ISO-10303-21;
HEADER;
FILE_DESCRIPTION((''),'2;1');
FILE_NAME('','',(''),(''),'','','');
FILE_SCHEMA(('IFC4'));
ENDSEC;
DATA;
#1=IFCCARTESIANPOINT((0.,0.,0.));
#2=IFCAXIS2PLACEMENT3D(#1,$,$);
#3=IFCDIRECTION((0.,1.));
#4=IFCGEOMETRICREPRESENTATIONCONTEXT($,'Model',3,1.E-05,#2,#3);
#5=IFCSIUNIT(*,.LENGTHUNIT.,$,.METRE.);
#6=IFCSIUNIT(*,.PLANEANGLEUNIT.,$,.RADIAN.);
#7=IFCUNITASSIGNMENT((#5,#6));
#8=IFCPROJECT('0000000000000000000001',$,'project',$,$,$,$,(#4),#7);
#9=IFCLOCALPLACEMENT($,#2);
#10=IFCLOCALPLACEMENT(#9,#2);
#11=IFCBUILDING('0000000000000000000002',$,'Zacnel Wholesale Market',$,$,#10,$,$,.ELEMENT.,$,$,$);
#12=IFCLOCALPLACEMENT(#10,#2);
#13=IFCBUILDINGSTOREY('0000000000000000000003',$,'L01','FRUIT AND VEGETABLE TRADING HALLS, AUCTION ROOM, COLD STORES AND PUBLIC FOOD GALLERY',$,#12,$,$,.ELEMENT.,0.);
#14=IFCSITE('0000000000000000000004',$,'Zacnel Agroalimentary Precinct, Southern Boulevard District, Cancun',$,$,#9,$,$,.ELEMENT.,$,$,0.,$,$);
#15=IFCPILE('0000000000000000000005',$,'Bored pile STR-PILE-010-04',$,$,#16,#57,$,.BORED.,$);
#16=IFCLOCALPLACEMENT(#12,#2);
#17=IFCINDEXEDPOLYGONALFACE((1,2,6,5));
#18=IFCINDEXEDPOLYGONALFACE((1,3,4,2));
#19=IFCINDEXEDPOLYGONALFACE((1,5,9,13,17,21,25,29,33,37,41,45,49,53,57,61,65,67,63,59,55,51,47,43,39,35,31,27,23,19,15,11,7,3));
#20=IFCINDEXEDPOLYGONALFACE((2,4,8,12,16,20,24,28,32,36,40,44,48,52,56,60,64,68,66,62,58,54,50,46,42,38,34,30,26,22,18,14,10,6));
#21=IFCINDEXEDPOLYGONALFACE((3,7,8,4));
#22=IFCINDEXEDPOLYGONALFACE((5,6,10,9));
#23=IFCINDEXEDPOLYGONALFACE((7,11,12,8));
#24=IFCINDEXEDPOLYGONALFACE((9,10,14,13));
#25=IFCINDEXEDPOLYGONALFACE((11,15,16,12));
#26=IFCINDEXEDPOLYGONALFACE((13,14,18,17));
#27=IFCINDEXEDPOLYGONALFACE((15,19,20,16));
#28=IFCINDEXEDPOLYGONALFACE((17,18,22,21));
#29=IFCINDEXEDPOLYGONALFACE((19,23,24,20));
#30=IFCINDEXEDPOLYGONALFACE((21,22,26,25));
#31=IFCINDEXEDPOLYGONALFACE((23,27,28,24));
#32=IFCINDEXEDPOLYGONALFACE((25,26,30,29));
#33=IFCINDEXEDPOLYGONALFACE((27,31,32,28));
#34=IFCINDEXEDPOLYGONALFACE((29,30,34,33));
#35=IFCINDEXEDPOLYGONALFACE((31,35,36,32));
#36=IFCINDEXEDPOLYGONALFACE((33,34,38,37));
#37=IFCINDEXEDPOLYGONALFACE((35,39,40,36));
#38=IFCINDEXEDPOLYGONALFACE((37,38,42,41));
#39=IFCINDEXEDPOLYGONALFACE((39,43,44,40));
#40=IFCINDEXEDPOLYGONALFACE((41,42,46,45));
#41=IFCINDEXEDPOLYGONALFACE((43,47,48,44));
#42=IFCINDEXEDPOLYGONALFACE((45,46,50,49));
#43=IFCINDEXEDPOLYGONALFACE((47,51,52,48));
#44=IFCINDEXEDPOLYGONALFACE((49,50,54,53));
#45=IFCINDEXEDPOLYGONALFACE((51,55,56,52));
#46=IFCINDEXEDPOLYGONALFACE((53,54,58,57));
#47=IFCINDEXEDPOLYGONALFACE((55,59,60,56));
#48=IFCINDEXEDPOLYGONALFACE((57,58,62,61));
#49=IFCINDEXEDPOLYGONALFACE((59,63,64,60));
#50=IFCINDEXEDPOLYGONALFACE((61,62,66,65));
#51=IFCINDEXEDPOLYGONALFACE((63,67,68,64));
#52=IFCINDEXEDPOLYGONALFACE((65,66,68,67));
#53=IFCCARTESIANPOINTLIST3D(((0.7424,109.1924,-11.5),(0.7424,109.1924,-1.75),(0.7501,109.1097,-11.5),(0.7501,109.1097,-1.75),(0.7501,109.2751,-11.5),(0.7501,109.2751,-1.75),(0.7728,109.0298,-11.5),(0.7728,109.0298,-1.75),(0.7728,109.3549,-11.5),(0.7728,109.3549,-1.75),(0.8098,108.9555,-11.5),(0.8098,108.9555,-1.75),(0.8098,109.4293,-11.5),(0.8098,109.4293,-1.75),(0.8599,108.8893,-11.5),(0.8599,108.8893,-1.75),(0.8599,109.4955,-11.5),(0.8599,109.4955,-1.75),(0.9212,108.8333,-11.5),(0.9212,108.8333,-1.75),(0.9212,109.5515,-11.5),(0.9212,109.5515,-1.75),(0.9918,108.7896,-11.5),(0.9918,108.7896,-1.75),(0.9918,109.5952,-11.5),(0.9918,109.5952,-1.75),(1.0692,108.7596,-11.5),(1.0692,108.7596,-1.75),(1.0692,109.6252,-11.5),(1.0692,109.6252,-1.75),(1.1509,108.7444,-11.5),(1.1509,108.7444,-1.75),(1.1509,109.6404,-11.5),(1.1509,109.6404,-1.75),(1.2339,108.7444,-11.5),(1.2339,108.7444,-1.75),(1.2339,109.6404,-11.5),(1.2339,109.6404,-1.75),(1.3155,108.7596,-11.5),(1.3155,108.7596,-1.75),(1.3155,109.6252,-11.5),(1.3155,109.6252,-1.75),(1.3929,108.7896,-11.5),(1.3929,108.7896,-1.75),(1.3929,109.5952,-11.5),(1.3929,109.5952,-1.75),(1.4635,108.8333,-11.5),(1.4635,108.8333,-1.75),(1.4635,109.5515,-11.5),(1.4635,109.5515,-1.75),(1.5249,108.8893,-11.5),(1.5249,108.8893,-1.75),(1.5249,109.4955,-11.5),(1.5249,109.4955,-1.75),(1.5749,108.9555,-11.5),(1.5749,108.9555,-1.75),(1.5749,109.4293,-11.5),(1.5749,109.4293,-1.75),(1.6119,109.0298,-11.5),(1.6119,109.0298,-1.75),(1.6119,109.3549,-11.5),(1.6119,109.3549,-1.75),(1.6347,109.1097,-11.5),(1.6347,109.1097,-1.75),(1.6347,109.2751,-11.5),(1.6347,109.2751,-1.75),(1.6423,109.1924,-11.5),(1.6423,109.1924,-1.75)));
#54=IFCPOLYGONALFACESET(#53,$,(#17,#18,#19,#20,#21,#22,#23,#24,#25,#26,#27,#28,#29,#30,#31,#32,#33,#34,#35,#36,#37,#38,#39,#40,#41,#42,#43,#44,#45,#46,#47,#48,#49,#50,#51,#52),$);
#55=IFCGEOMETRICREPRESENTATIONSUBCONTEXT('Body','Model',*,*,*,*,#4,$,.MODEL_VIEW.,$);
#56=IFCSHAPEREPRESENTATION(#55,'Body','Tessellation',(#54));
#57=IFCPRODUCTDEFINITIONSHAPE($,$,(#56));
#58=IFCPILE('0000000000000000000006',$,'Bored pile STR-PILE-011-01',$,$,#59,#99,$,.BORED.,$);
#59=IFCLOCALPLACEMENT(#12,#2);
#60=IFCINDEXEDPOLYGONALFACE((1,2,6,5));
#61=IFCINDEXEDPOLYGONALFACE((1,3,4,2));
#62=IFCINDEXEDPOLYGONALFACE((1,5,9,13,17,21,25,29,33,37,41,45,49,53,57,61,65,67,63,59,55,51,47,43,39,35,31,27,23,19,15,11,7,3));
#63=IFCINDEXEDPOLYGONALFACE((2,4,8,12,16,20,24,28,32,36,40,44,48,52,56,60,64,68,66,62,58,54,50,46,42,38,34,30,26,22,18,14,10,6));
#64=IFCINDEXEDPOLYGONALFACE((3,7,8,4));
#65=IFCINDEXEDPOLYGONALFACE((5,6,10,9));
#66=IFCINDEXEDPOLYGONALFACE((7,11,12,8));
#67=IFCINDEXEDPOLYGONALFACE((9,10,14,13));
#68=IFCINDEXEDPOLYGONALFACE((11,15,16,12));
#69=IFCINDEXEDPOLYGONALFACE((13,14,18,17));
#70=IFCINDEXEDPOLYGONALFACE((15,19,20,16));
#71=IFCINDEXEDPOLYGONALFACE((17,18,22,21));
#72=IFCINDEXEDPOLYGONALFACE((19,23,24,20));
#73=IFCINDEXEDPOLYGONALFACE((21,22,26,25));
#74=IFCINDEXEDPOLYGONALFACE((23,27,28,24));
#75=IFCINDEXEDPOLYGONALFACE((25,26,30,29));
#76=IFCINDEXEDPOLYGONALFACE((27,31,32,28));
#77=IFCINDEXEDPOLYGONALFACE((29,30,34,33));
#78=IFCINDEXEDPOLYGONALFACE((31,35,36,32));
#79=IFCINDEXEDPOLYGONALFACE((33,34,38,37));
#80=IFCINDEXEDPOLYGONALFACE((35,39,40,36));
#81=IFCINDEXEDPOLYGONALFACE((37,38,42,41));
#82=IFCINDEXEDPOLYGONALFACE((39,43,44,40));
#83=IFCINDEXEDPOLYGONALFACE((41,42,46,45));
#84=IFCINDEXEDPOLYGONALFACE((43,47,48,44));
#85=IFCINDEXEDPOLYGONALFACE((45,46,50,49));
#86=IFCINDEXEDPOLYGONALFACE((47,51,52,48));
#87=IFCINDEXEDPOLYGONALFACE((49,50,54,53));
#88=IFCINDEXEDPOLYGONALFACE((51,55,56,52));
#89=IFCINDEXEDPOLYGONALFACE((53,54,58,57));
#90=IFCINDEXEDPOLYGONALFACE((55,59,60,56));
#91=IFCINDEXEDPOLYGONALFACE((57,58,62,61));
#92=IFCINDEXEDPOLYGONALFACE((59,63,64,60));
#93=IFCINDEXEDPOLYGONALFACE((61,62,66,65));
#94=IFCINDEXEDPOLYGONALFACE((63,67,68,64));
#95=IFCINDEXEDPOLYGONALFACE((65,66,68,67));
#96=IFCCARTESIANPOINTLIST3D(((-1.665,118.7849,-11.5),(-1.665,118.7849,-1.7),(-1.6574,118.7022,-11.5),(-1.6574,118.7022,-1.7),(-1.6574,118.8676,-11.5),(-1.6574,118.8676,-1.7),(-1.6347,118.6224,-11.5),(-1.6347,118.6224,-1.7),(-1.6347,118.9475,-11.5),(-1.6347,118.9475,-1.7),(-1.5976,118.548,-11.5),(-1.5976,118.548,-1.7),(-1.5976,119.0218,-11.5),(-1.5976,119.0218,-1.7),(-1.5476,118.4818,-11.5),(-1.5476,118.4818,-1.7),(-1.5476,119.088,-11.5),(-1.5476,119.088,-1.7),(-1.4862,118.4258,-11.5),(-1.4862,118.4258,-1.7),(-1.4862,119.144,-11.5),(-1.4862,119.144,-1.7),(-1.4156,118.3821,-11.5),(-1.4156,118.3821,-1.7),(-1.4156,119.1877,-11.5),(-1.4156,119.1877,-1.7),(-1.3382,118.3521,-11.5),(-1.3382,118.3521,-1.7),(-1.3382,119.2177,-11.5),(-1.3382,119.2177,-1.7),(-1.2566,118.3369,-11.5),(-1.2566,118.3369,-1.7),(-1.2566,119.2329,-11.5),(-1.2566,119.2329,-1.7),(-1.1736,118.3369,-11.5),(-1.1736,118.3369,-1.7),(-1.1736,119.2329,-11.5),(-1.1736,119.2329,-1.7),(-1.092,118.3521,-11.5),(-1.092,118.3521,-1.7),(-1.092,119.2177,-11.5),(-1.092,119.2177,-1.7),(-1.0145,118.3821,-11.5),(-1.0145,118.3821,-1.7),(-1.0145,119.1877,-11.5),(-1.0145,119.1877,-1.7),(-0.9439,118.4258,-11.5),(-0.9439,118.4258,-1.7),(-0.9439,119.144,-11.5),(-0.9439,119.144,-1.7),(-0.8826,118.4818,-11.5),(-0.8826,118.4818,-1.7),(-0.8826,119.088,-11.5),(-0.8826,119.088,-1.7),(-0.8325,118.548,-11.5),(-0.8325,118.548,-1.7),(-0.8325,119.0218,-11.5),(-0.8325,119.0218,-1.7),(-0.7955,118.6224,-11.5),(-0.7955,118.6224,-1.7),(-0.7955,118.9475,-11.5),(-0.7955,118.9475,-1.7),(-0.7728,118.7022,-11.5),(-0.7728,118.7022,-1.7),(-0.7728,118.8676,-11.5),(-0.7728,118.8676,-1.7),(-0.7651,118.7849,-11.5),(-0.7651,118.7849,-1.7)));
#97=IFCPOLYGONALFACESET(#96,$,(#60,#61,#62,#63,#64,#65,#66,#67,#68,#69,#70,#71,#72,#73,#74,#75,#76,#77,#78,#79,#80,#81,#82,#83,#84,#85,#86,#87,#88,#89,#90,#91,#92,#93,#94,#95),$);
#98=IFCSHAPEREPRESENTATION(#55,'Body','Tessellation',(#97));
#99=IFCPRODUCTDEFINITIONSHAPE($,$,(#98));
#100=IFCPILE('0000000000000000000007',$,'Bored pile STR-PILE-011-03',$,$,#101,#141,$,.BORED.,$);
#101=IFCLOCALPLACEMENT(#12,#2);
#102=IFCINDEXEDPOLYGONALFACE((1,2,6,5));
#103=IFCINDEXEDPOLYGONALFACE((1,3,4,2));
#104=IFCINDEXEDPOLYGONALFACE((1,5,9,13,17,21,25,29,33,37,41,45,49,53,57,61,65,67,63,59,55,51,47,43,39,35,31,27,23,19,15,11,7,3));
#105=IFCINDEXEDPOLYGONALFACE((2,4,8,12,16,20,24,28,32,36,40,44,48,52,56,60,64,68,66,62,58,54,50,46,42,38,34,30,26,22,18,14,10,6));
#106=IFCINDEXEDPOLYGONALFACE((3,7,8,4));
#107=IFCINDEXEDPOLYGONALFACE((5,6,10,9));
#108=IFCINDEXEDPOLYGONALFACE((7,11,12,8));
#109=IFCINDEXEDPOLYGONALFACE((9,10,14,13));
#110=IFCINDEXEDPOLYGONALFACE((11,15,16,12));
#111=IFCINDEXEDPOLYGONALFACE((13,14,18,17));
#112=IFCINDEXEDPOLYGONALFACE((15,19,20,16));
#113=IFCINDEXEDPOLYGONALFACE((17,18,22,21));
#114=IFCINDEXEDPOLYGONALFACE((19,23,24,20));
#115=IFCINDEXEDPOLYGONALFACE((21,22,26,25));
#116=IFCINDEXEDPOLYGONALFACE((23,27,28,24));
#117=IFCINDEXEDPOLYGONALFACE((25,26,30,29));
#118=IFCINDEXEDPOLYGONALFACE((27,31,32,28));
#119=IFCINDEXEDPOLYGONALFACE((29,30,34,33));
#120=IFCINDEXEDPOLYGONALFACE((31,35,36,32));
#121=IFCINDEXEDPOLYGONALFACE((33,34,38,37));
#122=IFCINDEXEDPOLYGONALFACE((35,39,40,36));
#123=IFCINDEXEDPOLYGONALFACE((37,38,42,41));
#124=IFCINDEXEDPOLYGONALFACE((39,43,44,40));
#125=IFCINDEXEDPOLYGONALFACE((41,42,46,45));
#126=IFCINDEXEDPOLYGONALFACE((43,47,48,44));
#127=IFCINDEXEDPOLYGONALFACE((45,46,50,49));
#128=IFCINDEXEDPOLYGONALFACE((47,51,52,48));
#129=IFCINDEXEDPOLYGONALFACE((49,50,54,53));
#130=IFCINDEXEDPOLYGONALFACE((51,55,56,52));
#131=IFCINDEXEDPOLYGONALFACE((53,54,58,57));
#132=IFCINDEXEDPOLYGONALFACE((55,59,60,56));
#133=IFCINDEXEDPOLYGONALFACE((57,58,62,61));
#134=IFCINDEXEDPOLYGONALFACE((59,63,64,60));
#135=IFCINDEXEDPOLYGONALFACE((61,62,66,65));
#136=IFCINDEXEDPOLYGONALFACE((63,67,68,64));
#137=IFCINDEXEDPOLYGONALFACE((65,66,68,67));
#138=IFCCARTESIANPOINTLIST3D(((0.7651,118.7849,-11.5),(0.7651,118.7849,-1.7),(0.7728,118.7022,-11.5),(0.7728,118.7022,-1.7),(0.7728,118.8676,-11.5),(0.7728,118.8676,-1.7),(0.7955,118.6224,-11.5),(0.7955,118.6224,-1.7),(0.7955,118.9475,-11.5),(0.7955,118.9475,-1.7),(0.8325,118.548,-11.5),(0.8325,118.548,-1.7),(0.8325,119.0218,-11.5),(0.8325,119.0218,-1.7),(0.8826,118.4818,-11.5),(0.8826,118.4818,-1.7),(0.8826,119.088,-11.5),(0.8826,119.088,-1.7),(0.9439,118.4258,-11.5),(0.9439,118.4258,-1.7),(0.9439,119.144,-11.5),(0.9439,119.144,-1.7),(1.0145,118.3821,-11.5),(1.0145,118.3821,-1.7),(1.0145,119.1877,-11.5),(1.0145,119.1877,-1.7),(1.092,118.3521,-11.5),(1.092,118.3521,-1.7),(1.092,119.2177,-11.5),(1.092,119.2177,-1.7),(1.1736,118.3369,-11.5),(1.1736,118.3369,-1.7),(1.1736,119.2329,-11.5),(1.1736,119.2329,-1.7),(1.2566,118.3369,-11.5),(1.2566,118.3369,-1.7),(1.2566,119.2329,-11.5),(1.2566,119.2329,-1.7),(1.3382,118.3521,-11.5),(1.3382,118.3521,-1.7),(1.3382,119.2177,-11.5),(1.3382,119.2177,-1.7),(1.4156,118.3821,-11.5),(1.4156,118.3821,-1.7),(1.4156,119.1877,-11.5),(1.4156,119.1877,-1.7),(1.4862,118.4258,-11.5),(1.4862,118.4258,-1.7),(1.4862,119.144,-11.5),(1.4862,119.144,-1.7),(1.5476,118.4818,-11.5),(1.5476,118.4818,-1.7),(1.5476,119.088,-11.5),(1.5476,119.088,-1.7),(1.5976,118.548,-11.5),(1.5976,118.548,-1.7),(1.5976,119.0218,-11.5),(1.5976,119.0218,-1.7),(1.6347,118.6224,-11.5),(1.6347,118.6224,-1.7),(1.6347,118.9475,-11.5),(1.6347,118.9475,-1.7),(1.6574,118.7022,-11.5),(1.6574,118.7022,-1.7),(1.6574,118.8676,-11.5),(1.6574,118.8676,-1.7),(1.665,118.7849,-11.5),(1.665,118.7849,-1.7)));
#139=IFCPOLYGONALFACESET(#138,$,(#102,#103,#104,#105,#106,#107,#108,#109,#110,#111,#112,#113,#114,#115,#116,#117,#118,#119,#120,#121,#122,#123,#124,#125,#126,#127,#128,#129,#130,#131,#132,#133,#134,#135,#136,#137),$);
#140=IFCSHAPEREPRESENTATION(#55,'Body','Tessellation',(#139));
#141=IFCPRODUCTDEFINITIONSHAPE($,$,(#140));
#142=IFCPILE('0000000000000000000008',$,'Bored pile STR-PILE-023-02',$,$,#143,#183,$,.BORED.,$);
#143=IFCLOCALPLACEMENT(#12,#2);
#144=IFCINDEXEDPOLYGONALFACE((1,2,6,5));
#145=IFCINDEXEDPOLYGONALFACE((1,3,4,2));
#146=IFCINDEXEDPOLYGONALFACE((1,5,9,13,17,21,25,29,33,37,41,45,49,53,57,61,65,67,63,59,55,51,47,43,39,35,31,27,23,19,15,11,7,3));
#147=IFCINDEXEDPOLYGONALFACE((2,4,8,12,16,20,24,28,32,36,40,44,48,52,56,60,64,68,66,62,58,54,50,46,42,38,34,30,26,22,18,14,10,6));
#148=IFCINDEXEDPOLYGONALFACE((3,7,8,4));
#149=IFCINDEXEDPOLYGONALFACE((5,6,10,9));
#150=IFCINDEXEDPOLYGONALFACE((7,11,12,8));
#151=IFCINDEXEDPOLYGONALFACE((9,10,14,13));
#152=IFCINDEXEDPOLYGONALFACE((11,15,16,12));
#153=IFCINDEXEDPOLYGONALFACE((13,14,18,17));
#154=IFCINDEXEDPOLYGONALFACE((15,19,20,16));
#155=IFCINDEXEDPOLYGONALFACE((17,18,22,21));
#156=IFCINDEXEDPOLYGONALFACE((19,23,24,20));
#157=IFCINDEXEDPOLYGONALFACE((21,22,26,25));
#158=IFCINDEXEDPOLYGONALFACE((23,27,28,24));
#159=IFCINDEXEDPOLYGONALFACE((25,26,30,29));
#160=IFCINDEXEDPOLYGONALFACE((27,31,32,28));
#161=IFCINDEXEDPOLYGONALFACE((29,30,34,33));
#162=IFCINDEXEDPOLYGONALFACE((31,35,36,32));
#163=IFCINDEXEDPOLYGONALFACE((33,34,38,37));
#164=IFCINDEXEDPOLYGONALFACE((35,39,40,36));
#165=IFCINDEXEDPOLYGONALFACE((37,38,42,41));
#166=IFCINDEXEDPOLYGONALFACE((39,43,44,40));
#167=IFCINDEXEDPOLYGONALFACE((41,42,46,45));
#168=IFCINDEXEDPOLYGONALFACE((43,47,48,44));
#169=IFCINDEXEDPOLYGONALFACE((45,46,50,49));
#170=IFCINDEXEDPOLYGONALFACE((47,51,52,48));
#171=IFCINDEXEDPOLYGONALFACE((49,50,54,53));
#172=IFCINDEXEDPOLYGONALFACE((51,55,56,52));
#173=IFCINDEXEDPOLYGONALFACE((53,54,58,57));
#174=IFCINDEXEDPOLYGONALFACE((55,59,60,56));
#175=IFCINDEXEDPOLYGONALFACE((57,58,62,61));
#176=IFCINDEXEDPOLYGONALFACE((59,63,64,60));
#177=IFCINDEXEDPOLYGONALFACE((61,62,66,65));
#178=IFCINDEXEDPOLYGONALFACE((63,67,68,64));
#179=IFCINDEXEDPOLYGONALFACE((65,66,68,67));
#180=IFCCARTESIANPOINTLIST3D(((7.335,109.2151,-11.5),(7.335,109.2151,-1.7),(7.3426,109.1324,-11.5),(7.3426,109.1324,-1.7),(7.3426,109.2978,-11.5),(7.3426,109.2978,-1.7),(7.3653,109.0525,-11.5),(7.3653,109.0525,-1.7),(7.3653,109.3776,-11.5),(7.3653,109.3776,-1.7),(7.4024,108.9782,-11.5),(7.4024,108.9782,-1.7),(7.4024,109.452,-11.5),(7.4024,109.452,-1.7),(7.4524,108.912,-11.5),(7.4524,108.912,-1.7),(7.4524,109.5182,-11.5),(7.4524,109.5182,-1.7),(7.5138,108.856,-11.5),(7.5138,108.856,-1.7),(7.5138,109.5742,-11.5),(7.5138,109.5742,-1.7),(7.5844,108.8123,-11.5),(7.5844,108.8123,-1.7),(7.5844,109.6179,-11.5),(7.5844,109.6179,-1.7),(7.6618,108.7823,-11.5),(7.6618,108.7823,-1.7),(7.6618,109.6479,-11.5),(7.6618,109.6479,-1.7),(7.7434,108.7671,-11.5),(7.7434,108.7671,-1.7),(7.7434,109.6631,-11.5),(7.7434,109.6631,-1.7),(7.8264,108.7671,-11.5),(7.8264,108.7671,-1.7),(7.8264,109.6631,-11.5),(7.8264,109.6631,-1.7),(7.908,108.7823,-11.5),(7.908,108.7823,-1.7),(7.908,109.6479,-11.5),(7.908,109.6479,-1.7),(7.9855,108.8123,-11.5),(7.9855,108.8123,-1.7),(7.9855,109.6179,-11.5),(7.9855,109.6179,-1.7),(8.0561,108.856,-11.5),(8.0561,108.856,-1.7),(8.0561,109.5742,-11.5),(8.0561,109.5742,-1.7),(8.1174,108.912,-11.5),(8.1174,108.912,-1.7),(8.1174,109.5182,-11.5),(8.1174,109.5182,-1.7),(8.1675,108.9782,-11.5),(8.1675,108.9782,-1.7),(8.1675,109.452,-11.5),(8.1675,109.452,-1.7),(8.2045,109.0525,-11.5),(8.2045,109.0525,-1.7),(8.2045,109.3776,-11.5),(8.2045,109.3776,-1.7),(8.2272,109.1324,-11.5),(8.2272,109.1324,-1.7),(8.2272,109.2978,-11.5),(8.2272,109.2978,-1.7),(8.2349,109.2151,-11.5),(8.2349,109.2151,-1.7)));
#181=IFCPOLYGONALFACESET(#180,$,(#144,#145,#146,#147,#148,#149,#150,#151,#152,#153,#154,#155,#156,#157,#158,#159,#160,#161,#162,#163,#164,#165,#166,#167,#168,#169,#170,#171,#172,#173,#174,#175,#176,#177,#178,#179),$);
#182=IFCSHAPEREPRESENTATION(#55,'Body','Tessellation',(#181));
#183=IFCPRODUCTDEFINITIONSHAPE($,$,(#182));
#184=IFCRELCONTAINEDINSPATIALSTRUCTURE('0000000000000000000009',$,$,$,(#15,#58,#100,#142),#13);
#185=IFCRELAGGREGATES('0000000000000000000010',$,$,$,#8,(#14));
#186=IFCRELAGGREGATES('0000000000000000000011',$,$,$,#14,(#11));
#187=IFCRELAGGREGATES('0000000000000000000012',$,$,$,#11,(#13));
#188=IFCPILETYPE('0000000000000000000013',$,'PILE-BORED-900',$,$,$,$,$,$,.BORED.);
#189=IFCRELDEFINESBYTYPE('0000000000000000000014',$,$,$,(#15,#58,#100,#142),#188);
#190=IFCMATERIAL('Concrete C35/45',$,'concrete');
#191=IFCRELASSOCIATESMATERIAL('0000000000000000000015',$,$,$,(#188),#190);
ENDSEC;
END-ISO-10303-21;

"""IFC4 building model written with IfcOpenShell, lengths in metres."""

from ifc_helpers import new_model, si_unit, direction, frame, origin, origin_2d, place, context, subcontext, project, spatial, circle, extrude, material, material_profile, profile_set, type_object, element, save


model = new_model("IFC4")

# Units and contexts
model_context = context("Model", 3, precision=1e-05, world=origin(), true_north=direction((0.0, 1.0)))
body_context = subcontext(model_context, "Body", "Model", "MODEL_VIEW")
ifc_project = project(units=[si_unit("LENGTHUNIT", "METRE"), si_unit("PLANEANGLEUNIT", "RADIAN")], contexts=[model_context])

# Site, building, storey
site_placement = place(None, origin())
site = spatial("IfcSite", under=ifc_project, at=site_placement, Name="Zacnel Agroalimentary Precinct, Southern Boulevard District, Cancun", CompositionType="ELEMENT", RefElevation=0.0)
building_placement = place(site_placement, origin())
building = spatial("IfcBuilding", under=site, at=building_placement, Name="Zacnel Wholesale Market", CompositionType="ELEMENT")
storey_placement = place(building_placement, origin())
storey = spatial("IfcBuildingStorey", under=building, at=storey_placement, Name="L01", Description="FRUIT AND VEGETABLE TRADING HALLS, AUCTION ROOM, COLD STORES AND PUBLIC FOOD GALLERY", CompositionType="ELEMENT", Elevation=0.0)

# Piles
ifc_material_1 = material(Name="Concrete C35/45", Category="concrete")
ifc_material_profile_1 = material_profile(ifc_material_1, circle(Radius=0.45, at=origin_2d()), Name="BORED PILE D900")
ifc_profile_set_1 = profile_set([ifc_material_profile_1], Name="Concrete C35/45")
pile_type = type_object("IfcPileType", Name="PILE-BORED-900", PredefinedType="BORED", material=ifc_profile_set_1)
for number, where, z_axis, x_axis, name in (
    (1, (1.1924, 109.1924, -1.75), (0.0, 0.0, -1.0), (1.0, 0.0, 0.0), "Bored pile STR-PILE-010-04"),
):
    element("IfcPile", number, at=place(storey_placement, frame(where, z_axis=z_axis, x_axis=x_axis)), inside=storey, type_object=pile_type, Name=name, PredefinedType="BORED", context=body_context, shape_type="SweptSolid", body=[
        extrude(circle(Radius=0.45, at=origin_2d()), origin(), (0.0, 0.0, 1.0), 9.75),
    ])
for number, where, z_axis, x_axis, name in (
    (2, (-1.2151, 118.7849, -1.7), (0.0, 0.0, -1.0), (1.0, 0.0, 0.0), "Bored pile STR-PILE-011-01"),
    (3, (1.2151, 118.7849, -1.7), (0.0, 0.0, -1.0), (1.0, 0.0, 0.0), "Bored pile STR-PILE-011-03"),
    (4, (7.7849, 109.2151, -1.7), (0.0, 0.0, -1.0), (1.0, 0.0, 0.0), "Bored pile STR-PILE-023-02"),
):
    element("IfcPile", number, at=place(storey_placement, frame(where, z_axis=z_axis, x_axis=x_axis)), inside=storey, type_object=pile_type, Name=name, PredefinedType="BORED", context=body_context, shape_type="SweptSolid", body=[
        extrude(circle(Radius=0.45, at=origin_2d()), origin(), (0.0, 0.0, 1.0), 9.8),
    ])

save(model, "model.ifc")
